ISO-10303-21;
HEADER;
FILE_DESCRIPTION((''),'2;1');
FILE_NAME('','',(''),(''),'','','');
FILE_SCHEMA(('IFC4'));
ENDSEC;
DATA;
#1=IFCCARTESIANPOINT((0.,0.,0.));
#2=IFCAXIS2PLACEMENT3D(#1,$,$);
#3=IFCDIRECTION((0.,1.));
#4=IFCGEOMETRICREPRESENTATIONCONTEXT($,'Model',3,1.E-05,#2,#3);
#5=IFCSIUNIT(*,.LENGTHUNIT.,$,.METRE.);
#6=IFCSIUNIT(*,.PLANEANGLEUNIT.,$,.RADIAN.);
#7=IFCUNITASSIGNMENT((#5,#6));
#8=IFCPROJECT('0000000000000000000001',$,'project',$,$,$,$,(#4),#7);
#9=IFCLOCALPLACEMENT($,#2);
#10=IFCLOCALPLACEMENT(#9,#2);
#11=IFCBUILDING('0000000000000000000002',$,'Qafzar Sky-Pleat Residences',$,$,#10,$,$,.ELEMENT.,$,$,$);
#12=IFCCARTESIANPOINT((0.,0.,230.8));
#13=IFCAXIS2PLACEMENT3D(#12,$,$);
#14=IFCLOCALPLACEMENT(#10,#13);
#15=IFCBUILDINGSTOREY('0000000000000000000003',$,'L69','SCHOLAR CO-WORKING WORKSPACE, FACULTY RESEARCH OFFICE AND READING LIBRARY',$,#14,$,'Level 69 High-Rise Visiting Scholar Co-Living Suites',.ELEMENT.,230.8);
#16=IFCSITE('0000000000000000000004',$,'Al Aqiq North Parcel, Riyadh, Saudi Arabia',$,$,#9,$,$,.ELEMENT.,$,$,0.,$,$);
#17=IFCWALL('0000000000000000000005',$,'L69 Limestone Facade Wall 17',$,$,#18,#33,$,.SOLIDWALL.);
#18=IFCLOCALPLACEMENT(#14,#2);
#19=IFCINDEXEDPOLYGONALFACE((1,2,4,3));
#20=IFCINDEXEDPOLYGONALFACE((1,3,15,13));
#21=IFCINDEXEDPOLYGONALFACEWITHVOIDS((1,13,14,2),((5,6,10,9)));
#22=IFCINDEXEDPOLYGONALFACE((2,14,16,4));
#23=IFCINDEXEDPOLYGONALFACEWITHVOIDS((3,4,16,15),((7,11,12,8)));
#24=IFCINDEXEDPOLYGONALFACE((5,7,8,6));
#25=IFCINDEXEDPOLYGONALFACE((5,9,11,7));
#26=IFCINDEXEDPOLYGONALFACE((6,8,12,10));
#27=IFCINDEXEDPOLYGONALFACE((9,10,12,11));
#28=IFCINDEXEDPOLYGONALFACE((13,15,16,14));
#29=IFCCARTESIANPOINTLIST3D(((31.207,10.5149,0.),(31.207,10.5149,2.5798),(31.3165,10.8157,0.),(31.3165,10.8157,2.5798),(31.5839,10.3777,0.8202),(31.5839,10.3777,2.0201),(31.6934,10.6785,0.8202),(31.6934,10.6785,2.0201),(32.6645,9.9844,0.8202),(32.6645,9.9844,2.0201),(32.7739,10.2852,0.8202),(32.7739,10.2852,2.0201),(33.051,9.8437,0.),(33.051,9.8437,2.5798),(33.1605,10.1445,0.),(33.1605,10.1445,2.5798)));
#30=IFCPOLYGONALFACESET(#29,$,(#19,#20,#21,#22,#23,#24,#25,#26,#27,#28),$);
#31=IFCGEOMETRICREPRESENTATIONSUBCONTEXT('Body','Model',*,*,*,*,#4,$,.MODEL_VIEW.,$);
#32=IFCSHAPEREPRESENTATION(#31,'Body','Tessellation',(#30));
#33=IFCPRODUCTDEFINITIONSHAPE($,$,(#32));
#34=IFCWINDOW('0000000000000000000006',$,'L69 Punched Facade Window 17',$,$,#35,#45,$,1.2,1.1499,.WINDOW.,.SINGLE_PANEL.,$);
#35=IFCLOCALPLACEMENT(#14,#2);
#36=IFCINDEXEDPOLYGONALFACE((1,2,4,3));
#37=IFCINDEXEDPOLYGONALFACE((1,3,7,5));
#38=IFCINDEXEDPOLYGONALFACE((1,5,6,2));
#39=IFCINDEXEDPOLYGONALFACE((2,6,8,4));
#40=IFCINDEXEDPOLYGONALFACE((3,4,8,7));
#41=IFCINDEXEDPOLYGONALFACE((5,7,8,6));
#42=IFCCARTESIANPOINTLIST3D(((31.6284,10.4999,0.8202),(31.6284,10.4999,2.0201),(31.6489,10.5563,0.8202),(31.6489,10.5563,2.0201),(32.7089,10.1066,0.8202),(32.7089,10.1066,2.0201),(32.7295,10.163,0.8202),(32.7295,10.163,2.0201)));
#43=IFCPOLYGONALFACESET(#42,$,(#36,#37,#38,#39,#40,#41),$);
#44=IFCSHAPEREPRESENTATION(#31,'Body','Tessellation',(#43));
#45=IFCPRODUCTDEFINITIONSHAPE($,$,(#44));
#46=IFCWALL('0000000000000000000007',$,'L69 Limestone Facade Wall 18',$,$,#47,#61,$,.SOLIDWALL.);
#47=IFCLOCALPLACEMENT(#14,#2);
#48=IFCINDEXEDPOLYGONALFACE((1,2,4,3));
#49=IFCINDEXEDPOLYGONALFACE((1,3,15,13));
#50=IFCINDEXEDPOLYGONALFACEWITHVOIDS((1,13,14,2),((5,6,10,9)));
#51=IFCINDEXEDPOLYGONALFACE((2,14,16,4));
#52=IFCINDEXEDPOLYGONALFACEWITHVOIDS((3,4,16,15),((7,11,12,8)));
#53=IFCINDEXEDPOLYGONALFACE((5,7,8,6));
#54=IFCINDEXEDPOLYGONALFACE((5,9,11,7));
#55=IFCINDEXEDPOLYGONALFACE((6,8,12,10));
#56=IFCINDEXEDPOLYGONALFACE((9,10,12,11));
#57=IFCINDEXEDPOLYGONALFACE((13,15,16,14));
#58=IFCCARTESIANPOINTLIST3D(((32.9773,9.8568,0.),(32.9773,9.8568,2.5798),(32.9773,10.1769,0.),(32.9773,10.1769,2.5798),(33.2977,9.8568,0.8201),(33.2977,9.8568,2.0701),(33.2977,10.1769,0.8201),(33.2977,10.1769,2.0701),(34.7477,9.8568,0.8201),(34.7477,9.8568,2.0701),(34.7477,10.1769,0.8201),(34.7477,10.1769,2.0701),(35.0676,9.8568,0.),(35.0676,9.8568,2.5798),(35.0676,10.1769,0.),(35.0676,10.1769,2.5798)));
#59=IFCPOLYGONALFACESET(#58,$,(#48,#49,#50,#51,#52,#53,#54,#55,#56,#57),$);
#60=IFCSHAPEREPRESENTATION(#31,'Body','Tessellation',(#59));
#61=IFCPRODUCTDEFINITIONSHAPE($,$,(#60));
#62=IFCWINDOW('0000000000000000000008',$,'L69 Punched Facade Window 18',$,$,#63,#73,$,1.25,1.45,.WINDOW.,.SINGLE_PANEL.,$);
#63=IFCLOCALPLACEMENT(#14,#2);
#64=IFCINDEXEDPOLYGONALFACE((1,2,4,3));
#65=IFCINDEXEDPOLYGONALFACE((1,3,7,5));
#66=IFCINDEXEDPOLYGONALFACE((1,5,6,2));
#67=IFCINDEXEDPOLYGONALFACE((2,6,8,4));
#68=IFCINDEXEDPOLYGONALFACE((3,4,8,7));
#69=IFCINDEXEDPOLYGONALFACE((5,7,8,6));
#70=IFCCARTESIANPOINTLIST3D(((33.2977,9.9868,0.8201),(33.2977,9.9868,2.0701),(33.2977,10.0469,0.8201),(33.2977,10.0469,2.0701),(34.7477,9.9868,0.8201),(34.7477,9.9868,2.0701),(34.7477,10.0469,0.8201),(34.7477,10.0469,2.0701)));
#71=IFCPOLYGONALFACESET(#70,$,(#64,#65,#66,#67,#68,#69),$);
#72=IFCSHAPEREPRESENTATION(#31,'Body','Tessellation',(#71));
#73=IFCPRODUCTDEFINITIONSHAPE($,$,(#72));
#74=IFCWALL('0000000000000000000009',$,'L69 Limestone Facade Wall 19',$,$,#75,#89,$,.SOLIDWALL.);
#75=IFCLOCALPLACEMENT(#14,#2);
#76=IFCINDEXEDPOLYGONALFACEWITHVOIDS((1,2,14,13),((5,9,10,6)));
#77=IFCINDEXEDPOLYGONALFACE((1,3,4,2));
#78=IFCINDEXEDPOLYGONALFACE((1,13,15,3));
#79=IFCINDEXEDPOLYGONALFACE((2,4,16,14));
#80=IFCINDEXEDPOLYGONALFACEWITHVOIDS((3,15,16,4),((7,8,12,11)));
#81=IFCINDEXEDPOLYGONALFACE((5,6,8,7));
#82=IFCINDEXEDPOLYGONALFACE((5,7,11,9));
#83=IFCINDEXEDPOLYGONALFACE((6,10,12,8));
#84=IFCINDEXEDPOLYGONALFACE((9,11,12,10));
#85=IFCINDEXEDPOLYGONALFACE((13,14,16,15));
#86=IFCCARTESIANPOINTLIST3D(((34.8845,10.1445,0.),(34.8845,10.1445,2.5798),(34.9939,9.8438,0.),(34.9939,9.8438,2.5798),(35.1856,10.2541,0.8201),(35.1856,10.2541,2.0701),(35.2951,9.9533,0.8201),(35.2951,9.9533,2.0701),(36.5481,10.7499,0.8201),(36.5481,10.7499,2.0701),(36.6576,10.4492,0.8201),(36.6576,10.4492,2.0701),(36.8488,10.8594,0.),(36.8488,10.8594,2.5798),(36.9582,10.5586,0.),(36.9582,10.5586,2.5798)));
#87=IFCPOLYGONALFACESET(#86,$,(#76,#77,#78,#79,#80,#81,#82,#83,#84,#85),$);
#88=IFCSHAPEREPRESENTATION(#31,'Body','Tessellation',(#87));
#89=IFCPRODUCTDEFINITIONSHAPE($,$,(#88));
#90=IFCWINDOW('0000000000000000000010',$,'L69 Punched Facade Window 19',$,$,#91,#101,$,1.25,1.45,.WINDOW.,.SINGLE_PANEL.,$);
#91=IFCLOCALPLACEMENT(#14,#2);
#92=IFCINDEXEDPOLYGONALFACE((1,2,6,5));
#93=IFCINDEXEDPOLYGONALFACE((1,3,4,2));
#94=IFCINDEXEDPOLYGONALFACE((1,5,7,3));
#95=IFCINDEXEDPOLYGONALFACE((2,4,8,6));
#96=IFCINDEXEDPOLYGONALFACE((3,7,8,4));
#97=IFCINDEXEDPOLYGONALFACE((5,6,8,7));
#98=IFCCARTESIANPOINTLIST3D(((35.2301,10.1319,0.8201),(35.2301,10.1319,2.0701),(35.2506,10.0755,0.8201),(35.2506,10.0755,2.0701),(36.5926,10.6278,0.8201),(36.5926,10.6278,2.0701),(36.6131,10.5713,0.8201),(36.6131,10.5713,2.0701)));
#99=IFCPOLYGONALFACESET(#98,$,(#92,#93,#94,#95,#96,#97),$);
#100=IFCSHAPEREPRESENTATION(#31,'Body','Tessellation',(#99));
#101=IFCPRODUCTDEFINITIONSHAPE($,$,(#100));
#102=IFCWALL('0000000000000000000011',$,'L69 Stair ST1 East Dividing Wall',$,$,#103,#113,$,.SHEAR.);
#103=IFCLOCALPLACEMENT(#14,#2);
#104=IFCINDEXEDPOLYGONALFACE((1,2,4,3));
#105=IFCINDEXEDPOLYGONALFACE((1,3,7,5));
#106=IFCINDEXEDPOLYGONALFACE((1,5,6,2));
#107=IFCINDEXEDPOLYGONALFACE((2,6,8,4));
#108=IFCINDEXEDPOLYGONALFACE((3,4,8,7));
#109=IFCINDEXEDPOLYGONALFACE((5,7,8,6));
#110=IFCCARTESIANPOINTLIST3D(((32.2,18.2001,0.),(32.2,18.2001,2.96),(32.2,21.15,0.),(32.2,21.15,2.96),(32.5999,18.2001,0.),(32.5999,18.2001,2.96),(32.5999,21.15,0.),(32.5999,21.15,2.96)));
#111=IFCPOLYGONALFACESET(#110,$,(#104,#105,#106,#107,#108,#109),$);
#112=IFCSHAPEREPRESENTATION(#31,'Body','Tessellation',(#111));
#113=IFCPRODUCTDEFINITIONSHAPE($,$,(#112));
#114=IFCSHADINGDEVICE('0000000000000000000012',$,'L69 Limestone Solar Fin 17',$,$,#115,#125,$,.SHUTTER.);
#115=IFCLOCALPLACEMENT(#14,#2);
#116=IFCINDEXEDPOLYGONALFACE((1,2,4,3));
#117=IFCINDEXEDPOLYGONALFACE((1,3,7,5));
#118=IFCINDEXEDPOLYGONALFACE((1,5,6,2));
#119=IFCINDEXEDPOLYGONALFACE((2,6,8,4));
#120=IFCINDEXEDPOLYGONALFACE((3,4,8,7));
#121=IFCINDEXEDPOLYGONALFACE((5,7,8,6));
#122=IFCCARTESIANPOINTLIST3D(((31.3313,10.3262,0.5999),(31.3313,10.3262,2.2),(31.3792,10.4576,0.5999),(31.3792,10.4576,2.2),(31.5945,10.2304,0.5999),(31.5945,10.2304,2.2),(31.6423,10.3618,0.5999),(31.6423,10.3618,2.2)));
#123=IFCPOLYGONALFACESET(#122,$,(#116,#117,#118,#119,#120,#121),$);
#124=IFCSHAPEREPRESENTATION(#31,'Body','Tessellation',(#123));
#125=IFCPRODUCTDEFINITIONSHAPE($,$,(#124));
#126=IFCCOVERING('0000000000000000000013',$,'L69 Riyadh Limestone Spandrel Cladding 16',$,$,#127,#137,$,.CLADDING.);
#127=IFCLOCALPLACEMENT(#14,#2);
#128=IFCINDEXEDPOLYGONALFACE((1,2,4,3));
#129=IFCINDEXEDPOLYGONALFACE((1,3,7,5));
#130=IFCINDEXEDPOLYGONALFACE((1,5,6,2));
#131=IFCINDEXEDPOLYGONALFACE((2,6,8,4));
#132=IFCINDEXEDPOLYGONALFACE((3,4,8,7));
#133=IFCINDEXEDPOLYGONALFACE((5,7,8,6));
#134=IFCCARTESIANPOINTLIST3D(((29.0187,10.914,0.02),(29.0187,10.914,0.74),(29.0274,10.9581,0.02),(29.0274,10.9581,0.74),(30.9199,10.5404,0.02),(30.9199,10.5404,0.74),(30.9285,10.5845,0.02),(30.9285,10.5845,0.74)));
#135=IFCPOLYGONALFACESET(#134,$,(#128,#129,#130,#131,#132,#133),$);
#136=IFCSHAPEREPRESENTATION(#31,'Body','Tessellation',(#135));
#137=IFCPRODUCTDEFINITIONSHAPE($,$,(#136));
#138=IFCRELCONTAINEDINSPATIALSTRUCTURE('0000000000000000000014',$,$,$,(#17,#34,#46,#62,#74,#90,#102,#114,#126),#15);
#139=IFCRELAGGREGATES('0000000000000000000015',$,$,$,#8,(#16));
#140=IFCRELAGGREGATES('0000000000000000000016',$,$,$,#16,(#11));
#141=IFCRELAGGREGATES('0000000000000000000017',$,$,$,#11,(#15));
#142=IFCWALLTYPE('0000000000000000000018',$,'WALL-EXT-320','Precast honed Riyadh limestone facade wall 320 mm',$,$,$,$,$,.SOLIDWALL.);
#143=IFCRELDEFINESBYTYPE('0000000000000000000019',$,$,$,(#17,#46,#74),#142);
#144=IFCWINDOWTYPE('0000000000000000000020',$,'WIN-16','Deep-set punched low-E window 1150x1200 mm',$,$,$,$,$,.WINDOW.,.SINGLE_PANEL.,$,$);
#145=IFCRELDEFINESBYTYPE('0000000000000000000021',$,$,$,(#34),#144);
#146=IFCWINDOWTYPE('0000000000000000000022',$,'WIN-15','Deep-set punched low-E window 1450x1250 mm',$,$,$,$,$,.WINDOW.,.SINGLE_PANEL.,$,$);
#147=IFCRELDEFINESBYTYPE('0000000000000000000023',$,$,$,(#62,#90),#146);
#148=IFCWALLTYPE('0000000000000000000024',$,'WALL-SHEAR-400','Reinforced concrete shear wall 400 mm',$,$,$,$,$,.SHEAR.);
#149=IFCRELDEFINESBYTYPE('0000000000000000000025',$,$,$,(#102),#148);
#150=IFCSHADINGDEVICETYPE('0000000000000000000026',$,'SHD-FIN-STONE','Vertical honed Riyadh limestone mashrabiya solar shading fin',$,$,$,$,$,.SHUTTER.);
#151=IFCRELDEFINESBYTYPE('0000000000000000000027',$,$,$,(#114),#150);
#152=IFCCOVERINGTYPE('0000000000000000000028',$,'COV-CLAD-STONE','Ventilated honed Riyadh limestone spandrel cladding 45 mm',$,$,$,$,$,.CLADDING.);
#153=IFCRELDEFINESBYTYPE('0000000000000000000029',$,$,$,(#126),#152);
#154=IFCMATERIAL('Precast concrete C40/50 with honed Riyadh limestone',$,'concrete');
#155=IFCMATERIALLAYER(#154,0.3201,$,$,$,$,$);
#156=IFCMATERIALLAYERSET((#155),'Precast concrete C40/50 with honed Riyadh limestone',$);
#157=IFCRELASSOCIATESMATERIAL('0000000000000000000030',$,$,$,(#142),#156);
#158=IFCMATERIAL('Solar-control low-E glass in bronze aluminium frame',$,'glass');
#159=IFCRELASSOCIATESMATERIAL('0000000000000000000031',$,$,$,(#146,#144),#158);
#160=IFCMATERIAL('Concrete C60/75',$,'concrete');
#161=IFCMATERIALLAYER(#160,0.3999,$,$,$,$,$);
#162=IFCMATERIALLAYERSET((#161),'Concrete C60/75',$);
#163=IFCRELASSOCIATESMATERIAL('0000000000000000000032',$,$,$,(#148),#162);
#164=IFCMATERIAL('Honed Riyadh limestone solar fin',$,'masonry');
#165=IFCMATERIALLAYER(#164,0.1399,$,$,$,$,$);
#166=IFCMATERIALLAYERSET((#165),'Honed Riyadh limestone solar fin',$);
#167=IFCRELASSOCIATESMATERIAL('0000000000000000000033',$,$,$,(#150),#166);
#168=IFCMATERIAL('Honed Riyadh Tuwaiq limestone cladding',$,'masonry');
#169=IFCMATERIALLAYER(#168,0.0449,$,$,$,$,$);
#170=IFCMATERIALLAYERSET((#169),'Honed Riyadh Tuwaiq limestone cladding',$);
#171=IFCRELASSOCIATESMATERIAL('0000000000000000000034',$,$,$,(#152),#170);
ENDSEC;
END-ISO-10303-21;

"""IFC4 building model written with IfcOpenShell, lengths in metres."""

from ifc_helpers import new_model, si_unit, direction, frame, frame_2d, origin, origin_2d, place, context, subcontext, project, spatial, rectangle, extrude, source, transform, mapped, material, layer, layer_set, type_object, element, fill, save


model = new_model("IFC4")

# Units and contexts
model_context = context("Model", 3, precision=1e-05, world=origin(), true_north=direction((0.0, 1.0)))
body_context = subcontext(model_context, "Body", "Model", "MODEL_VIEW")
ifc_project = project(units=[si_unit("LENGTHUNIT", "METRE"), si_unit("PLANEANGLEUNIT", "RADIAN")], contexts=[model_context])

# Site, building, storey
site_placement = place(None, origin())
site = spatial("IfcSite", under=ifc_project, at=site_placement, Name="Al Aqiq North Parcel, Riyadh, Saudi Arabia", CompositionType="ELEMENT", RefElevation=0.0)
building_placement = place(site_placement, origin())
building = spatial("IfcBuilding", under=site, at=building_placement, Name="Qafzar Sky-Pleat Residences", CompositionType="ELEMENT")
storey_placement = place(building_placement, frame((0.0, 0.0, 230.8)))
storey = spatial("IfcBuildingStorey", under=building, at=storey_placement, Name="L69", Description="SCHOLAR CO-WORKING WORKSPACE, FACULTY RESEARCH OFFICE AND READING LIBRARY", LongName="Level 69 High-Rise Visiting Scholar Co-Living Suites", CompositionType="ELEMENT", Elevation=230.8)

# Walls, openings, windows
ifc_material_1 = material(Name="Precast concrete C40/50 with honed Riyadh limestone", Category="concrete")
ifc_layer_1 = layer(ifc_material_1, 0.3201)
ifc_layer_set_1 = layer_set([ifc_layer_1], Name="Precast concrete C40/50 with honed Riyadh limestone")
wall_type_1 = type_object("IfcWallType", Name="WALL-EXT-320", Description="Precast honed Riyadh limestone facade wall 320 mm", PredefinedType="SOLIDWALL", material=ifc_layer_set_1)
ifc_material_2 = material(Name="Solar-control low-E glass in bronze aluminium frame", Category="glass")
window_type_1 = type_object("IfcWindowType", Name="WIN-15", Description="Deep-set punched low-E window 1450x1250 mm", PartitioningType="SINGLE_PANEL", PredefinedType="WINDOW", material=ifc_material_2)
shared_shape_1 = source(origin(), body_context, "Body", "SweptSolid", [
    extrude(rectangle(XDim=1.45, YDim=1.25, at=frame_2d((0.7251, 0.625))), frame((0.0, 0.03, 0.0), z_axis=(0.0, -1.0, 0.0), x_axis=(1.0, 0.0, 0.0)), (0.0, 0.0, 1.0), 0.0601),
])
wall_1_placement = place(storey_placement, frame((31.2617, 10.6653, 0.0), z_axis=(0.0, 0.0, 1.0), x_axis=(0.939695, -0.342013, 0.0)))
wall_1 = element("IfcWall", 1, at=wall_1_placement, inside=storey, type_object=wall_type_1, Name="L69 Limestone Facade Wall 17", PredefinedType="SOLIDWALL", context=body_context, shape_type="SweptSolid", body=[
    extrude(rectangle(XDim=1.9624, YDim=0.3201, at=frame_2d((0.9812, 0.0))), origin(), (0.0, 0.0, 1.0), 2.5798),
])
opening_1_placement = place(wall_1_placement, frame((0.4011, 0.0, 0.8201)))
opening_1 = element("IfcOpeningElement", 2, at=opening_1_placement, cuts=wall_1, PredefinedType="OPENING", context=body_context, shape_type="SweptSolid", body=[
    extrude(rectangle(XDim=1.1499, YDim=1.2, at=frame_2d((0.575, 0.6001))), frame((0.0, 0.1699, 0.0), z_axis=(0.0, -1.0, 0.0), x_axis=(1.0, 0.0, 0.0)), (0.0, 0.0, 1.0), 0.3401),
])
window_type_2 = type_object("IfcWindowType", Name="WIN-16", Description="Deep-set punched low-E window 1150x1200 mm", PartitioningType="SINGLE_PANEL", PredefinedType="WINDOW", material=ifc_material_2)
shared_shape_2 = source(origin(), body_context, "Body", "SweptSolid", [
    extrude(rectangle(XDim=1.1499, YDim=1.2, at=frame_2d((0.575, 0.6001))), frame((0.0, 0.03, 0.0), z_axis=(0.0, -1.0, 0.0), x_axis=(1.0, 0.0, 0.0)), (0.0, 0.0, 1.0), 0.0601),
])
window_1_placement = place(opening_1_placement, origin())
window_1 = element("IfcWindow", 3, at=window_1_placement, inside=storey, type_object=window_type_2, Name="L69 Punched Facade Window 17", OverallHeight=1.2, OverallWidth=1.1499, PartitioningType="SINGLE_PANEL", PredefinedType="WINDOW", context=body_context, shape_type="MappedRepresentation", body=[
    mapped(shared_shape_2, transform((0.0, 0.0, 0.0), x_axis=(1.0, 0.0, 0.0), y_axis=(0.0, 1.0, 0.0), z_axis=(0.0, 0.0, 1.0), scale=1.0)),
])
fill(opening_1, window_1)
wall_2_placement = place(storey_placement, frame((32.9773, 10.0168, 0.0), z_axis=(0.0, 0.0, 1.0), x_axis=(1.0, 0.0, 0.0)))
wall_2 = element("IfcWall", 4, at=wall_2_placement, inside=storey, type_object=wall_type_1, Name="L69 Limestone Facade Wall 18", PredefinedType="SOLIDWALL", context=body_context, shape_type="SweptSolid", body=[
    extrude(rectangle(XDim=2.0903, YDim=0.3201, at=frame_2d((1.0452, 0.0))), origin(), (0.0, 0.0, 1.0), 2.5798),
])
opening_2_placement = place(wall_2_placement, frame((0.3203, 0.0, 0.8201)))
opening_2 = element("IfcOpeningElement", 5, at=opening_2_placement, cuts=wall_2, PredefinedType="OPENING", context=body_context, shape_type="SweptSolid", body=[
    extrude(rectangle(XDim=1.45, YDim=1.25, at=frame_2d((0.7251, 0.625))), frame((0.0, 0.1699, 0.0), z_axis=(0.0, -1.0, 0.0), x_axis=(1.0, 0.0, 0.0)), (0.0, 0.0, 1.0), 0.3401),
])
window_2_placement = place(opening_2_placement, origin())
window_2 = element("IfcWindow", 6, at=window_2_placement, inside=storey, type_object=window_type_1, Name="L69 Punched Facade Window 18", OverallHeight=1.25, OverallWidth=1.45, PartitioningType="SINGLE_PANEL", PredefinedType="WINDOW", context=body_context, shape_type="MappedRepresentation", body=[
    mapped(shared_shape_1, transform((0.0, 0.0, 0.0), x_axis=(1.0, 0.0, 0.0), y_axis=(0.0, 1.0, 0.0), z_axis=(0.0, 0.0, 1.0), scale=1.0)),
])
fill(opening_2, window_2)
wall_3_placement = place(storey_placement, frame((34.9392, 9.9941, 0.0), z_axis=(0.0, 0.0, 1.0), x_axis=(0.939712, 0.341968, 0.0)))
wall_3 = element("IfcWall", 7, at=wall_3_placement, inside=storey, type_object=wall_type_1, Name="L69 Limestone Facade Wall 19", PredefinedType="SOLIDWALL", context=body_context, shape_type="SweptSolid", body=[
    extrude(rectangle(XDim=2.0903, YDim=0.3201, at=frame_2d((1.0452, 0.0))), origin(), (0.0, 0.0, 1.0), 2.5798),
])
opening_3_placement = place(wall_3_placement, frame((0.3203, 0.0, 0.8201)))
opening_3 = element("IfcOpeningElement", 8, at=opening_3_placement, cuts=wall_3, PredefinedType="OPENING", context=body_context, shape_type="SweptSolid", body=[
    extrude(rectangle(XDim=1.45, YDim=1.25, at=frame_2d((0.7251, 0.625))), frame((0.0, 0.1699, 0.0), z_axis=(0.0, -1.0, 0.0), x_axis=(1.0, 0.0, 0.0)), (0.0, 0.0, 1.0), 0.3401),
])
window_3_placement = place(opening_3_placement, origin())
window_3 = element("IfcWindow", 9, at=window_3_placement, inside=storey, type_object=window_type_1, Name="L69 Punched Facade Window 19", OverallHeight=1.25, OverallWidth=1.45, PartitioningType="SINGLE_PANEL", PredefinedType="WINDOW", context=body_context, shape_type="MappedRepresentation", body=[
    mapped(shared_shape_1, transform((0.0, 0.0, 0.0), x_axis=(1.0, 0.0, 0.0), y_axis=(0.0, 1.0, 0.0), z_axis=(0.0, 0.0, 1.0), scale=1.0)),
])
fill(opening_3, window_3)

# Wall
ifc_material_3 = material(Name="Concrete C60/75", Category="concrete")
ifc_layer_2 = layer(ifc_material_3, 0.3999)
ifc_layer_set_2 = layer_set([ifc_layer_2], Name="Concrete C60/75")
wall_type_2 = type_object("IfcWallType", Name="WALL-SHEAR-400", Description="Reinforced concrete shear wall 400 mm", PredefinedType="SHEAR", material=ifc_layer_set_2)
wall_4_placement = place(storey_placement, frame((32.3999, 18.2, 0.0), z_axis=(0.0, 0.0, 1.0), x_axis=(0.0, 1.0, 0.0)))
element("IfcWall", 10, at=wall_4_placement, inside=storey, type_object=wall_type_2, Name="L69 Stair ST1 East Dividing Wall", PredefinedType="SHEAR", context=body_context, shape_type="SweptSolid", body=[
    extrude(rectangle(XDim=2.95, YDim=0.3999, at=frame_2d((1.4751, 0.0))), origin(), (0.0, 0.0, 1.0), 2.96),
])

# Shading device
ifc_material_4 = material(Name="Honed Riyadh limestone solar fin", Category="masonry")
ifc_layer_3 = layer(ifc_material_4, 0.1399)
ifc_layer_set_3 = layer_set([ifc_layer_3], Name="Honed Riyadh limestone solar fin")
shading_device_type = type_object("IfcShadingDeviceType", Name="SHD-FIN-STONE", Description="Vertical honed Riyadh limestone mashrabiya solar shading fin", PredefinedType="SHUTTER", material=ifc_layer_set_3)
shared_shape_3 = source(origin(), body_context, "Body", "SweptSolid", [
    extrude(rectangle(XDim=0.1399, YDim=0.28, at=origin_2d()), origin(), (0.0, 0.0, 1.0), 1.6001),
])
shading_device_placement = place(storey_placement, frame((31.4868, 10.344, 0.5999), z_axis=(0.0, 0.0, 1.0), x_axis=(-0.342054, -0.93968, 0.0)))
element("IfcShadingDevice", 11, at=shading_device_placement, inside=storey, type_object=shading_device_type, Name="L69 Limestone Solar Fin 17", PredefinedType="SHUTTER", context=body_context, shape_type="MappedRepresentation", body=[
    mapped(shared_shape_3, transform((0.0, 0.0, 0.0), x_axis=(1.0, 0.0, 0.0), y_axis=(0.0, 1.0, 0.0), z_axis=(0.0, 0.0, 1.0), scale=1.0)),
])

# Covering
ifc_material_5 = material(Name="Honed Riyadh Tuwaiq limestone cladding", Category="masonry")
ifc_layer_4 = layer(ifc_material_5, 0.0449)
ifc_layer_set_4 = layer_set([ifc_layer_4], Name="Honed Riyadh Tuwaiq limestone cladding")
covering_type = type_object("IfcCoveringType", Name="COV-CLAD-STONE", Description="Ventilated honed Riyadh limestone spandrel cladding 45 mm", PredefinedType="CLADDING", material=ifc_layer_set_4)
shared_shape_4 = source(origin(), body_context, "Body", "SweptSolid", [
    extrude(rectangle(XDim=1.9375, YDim=0.0449, at=origin_2d()), origin(), (0.0, 0.0, 1.0), 0.72),
])
covering_placement = place(storey_placement, frame((29.9736, 10.7493, 0.02), z_axis=(0.0, 0.0, 1.0), x_axis=(0.981234, -0.192819, 0.0)))
element("IfcCovering", 12, at=covering_placement, inside=storey, type_object=covering_type, Name="L69 Riyadh Limestone Spandrel Cladding 16", PredefinedType="CLADDING", context=body_context, shape_type="MappedRepresentation", body=[
    mapped(shared_shape_4, transform((0.0, 0.0, 0.0), x_axis=(1.0, 0.0, 0.0), y_axis=(0.0, 1.0, 0.0), z_axis=(0.0, 0.0, 1.0), scale=1.0)),
])

save(model, "model.ifc")
